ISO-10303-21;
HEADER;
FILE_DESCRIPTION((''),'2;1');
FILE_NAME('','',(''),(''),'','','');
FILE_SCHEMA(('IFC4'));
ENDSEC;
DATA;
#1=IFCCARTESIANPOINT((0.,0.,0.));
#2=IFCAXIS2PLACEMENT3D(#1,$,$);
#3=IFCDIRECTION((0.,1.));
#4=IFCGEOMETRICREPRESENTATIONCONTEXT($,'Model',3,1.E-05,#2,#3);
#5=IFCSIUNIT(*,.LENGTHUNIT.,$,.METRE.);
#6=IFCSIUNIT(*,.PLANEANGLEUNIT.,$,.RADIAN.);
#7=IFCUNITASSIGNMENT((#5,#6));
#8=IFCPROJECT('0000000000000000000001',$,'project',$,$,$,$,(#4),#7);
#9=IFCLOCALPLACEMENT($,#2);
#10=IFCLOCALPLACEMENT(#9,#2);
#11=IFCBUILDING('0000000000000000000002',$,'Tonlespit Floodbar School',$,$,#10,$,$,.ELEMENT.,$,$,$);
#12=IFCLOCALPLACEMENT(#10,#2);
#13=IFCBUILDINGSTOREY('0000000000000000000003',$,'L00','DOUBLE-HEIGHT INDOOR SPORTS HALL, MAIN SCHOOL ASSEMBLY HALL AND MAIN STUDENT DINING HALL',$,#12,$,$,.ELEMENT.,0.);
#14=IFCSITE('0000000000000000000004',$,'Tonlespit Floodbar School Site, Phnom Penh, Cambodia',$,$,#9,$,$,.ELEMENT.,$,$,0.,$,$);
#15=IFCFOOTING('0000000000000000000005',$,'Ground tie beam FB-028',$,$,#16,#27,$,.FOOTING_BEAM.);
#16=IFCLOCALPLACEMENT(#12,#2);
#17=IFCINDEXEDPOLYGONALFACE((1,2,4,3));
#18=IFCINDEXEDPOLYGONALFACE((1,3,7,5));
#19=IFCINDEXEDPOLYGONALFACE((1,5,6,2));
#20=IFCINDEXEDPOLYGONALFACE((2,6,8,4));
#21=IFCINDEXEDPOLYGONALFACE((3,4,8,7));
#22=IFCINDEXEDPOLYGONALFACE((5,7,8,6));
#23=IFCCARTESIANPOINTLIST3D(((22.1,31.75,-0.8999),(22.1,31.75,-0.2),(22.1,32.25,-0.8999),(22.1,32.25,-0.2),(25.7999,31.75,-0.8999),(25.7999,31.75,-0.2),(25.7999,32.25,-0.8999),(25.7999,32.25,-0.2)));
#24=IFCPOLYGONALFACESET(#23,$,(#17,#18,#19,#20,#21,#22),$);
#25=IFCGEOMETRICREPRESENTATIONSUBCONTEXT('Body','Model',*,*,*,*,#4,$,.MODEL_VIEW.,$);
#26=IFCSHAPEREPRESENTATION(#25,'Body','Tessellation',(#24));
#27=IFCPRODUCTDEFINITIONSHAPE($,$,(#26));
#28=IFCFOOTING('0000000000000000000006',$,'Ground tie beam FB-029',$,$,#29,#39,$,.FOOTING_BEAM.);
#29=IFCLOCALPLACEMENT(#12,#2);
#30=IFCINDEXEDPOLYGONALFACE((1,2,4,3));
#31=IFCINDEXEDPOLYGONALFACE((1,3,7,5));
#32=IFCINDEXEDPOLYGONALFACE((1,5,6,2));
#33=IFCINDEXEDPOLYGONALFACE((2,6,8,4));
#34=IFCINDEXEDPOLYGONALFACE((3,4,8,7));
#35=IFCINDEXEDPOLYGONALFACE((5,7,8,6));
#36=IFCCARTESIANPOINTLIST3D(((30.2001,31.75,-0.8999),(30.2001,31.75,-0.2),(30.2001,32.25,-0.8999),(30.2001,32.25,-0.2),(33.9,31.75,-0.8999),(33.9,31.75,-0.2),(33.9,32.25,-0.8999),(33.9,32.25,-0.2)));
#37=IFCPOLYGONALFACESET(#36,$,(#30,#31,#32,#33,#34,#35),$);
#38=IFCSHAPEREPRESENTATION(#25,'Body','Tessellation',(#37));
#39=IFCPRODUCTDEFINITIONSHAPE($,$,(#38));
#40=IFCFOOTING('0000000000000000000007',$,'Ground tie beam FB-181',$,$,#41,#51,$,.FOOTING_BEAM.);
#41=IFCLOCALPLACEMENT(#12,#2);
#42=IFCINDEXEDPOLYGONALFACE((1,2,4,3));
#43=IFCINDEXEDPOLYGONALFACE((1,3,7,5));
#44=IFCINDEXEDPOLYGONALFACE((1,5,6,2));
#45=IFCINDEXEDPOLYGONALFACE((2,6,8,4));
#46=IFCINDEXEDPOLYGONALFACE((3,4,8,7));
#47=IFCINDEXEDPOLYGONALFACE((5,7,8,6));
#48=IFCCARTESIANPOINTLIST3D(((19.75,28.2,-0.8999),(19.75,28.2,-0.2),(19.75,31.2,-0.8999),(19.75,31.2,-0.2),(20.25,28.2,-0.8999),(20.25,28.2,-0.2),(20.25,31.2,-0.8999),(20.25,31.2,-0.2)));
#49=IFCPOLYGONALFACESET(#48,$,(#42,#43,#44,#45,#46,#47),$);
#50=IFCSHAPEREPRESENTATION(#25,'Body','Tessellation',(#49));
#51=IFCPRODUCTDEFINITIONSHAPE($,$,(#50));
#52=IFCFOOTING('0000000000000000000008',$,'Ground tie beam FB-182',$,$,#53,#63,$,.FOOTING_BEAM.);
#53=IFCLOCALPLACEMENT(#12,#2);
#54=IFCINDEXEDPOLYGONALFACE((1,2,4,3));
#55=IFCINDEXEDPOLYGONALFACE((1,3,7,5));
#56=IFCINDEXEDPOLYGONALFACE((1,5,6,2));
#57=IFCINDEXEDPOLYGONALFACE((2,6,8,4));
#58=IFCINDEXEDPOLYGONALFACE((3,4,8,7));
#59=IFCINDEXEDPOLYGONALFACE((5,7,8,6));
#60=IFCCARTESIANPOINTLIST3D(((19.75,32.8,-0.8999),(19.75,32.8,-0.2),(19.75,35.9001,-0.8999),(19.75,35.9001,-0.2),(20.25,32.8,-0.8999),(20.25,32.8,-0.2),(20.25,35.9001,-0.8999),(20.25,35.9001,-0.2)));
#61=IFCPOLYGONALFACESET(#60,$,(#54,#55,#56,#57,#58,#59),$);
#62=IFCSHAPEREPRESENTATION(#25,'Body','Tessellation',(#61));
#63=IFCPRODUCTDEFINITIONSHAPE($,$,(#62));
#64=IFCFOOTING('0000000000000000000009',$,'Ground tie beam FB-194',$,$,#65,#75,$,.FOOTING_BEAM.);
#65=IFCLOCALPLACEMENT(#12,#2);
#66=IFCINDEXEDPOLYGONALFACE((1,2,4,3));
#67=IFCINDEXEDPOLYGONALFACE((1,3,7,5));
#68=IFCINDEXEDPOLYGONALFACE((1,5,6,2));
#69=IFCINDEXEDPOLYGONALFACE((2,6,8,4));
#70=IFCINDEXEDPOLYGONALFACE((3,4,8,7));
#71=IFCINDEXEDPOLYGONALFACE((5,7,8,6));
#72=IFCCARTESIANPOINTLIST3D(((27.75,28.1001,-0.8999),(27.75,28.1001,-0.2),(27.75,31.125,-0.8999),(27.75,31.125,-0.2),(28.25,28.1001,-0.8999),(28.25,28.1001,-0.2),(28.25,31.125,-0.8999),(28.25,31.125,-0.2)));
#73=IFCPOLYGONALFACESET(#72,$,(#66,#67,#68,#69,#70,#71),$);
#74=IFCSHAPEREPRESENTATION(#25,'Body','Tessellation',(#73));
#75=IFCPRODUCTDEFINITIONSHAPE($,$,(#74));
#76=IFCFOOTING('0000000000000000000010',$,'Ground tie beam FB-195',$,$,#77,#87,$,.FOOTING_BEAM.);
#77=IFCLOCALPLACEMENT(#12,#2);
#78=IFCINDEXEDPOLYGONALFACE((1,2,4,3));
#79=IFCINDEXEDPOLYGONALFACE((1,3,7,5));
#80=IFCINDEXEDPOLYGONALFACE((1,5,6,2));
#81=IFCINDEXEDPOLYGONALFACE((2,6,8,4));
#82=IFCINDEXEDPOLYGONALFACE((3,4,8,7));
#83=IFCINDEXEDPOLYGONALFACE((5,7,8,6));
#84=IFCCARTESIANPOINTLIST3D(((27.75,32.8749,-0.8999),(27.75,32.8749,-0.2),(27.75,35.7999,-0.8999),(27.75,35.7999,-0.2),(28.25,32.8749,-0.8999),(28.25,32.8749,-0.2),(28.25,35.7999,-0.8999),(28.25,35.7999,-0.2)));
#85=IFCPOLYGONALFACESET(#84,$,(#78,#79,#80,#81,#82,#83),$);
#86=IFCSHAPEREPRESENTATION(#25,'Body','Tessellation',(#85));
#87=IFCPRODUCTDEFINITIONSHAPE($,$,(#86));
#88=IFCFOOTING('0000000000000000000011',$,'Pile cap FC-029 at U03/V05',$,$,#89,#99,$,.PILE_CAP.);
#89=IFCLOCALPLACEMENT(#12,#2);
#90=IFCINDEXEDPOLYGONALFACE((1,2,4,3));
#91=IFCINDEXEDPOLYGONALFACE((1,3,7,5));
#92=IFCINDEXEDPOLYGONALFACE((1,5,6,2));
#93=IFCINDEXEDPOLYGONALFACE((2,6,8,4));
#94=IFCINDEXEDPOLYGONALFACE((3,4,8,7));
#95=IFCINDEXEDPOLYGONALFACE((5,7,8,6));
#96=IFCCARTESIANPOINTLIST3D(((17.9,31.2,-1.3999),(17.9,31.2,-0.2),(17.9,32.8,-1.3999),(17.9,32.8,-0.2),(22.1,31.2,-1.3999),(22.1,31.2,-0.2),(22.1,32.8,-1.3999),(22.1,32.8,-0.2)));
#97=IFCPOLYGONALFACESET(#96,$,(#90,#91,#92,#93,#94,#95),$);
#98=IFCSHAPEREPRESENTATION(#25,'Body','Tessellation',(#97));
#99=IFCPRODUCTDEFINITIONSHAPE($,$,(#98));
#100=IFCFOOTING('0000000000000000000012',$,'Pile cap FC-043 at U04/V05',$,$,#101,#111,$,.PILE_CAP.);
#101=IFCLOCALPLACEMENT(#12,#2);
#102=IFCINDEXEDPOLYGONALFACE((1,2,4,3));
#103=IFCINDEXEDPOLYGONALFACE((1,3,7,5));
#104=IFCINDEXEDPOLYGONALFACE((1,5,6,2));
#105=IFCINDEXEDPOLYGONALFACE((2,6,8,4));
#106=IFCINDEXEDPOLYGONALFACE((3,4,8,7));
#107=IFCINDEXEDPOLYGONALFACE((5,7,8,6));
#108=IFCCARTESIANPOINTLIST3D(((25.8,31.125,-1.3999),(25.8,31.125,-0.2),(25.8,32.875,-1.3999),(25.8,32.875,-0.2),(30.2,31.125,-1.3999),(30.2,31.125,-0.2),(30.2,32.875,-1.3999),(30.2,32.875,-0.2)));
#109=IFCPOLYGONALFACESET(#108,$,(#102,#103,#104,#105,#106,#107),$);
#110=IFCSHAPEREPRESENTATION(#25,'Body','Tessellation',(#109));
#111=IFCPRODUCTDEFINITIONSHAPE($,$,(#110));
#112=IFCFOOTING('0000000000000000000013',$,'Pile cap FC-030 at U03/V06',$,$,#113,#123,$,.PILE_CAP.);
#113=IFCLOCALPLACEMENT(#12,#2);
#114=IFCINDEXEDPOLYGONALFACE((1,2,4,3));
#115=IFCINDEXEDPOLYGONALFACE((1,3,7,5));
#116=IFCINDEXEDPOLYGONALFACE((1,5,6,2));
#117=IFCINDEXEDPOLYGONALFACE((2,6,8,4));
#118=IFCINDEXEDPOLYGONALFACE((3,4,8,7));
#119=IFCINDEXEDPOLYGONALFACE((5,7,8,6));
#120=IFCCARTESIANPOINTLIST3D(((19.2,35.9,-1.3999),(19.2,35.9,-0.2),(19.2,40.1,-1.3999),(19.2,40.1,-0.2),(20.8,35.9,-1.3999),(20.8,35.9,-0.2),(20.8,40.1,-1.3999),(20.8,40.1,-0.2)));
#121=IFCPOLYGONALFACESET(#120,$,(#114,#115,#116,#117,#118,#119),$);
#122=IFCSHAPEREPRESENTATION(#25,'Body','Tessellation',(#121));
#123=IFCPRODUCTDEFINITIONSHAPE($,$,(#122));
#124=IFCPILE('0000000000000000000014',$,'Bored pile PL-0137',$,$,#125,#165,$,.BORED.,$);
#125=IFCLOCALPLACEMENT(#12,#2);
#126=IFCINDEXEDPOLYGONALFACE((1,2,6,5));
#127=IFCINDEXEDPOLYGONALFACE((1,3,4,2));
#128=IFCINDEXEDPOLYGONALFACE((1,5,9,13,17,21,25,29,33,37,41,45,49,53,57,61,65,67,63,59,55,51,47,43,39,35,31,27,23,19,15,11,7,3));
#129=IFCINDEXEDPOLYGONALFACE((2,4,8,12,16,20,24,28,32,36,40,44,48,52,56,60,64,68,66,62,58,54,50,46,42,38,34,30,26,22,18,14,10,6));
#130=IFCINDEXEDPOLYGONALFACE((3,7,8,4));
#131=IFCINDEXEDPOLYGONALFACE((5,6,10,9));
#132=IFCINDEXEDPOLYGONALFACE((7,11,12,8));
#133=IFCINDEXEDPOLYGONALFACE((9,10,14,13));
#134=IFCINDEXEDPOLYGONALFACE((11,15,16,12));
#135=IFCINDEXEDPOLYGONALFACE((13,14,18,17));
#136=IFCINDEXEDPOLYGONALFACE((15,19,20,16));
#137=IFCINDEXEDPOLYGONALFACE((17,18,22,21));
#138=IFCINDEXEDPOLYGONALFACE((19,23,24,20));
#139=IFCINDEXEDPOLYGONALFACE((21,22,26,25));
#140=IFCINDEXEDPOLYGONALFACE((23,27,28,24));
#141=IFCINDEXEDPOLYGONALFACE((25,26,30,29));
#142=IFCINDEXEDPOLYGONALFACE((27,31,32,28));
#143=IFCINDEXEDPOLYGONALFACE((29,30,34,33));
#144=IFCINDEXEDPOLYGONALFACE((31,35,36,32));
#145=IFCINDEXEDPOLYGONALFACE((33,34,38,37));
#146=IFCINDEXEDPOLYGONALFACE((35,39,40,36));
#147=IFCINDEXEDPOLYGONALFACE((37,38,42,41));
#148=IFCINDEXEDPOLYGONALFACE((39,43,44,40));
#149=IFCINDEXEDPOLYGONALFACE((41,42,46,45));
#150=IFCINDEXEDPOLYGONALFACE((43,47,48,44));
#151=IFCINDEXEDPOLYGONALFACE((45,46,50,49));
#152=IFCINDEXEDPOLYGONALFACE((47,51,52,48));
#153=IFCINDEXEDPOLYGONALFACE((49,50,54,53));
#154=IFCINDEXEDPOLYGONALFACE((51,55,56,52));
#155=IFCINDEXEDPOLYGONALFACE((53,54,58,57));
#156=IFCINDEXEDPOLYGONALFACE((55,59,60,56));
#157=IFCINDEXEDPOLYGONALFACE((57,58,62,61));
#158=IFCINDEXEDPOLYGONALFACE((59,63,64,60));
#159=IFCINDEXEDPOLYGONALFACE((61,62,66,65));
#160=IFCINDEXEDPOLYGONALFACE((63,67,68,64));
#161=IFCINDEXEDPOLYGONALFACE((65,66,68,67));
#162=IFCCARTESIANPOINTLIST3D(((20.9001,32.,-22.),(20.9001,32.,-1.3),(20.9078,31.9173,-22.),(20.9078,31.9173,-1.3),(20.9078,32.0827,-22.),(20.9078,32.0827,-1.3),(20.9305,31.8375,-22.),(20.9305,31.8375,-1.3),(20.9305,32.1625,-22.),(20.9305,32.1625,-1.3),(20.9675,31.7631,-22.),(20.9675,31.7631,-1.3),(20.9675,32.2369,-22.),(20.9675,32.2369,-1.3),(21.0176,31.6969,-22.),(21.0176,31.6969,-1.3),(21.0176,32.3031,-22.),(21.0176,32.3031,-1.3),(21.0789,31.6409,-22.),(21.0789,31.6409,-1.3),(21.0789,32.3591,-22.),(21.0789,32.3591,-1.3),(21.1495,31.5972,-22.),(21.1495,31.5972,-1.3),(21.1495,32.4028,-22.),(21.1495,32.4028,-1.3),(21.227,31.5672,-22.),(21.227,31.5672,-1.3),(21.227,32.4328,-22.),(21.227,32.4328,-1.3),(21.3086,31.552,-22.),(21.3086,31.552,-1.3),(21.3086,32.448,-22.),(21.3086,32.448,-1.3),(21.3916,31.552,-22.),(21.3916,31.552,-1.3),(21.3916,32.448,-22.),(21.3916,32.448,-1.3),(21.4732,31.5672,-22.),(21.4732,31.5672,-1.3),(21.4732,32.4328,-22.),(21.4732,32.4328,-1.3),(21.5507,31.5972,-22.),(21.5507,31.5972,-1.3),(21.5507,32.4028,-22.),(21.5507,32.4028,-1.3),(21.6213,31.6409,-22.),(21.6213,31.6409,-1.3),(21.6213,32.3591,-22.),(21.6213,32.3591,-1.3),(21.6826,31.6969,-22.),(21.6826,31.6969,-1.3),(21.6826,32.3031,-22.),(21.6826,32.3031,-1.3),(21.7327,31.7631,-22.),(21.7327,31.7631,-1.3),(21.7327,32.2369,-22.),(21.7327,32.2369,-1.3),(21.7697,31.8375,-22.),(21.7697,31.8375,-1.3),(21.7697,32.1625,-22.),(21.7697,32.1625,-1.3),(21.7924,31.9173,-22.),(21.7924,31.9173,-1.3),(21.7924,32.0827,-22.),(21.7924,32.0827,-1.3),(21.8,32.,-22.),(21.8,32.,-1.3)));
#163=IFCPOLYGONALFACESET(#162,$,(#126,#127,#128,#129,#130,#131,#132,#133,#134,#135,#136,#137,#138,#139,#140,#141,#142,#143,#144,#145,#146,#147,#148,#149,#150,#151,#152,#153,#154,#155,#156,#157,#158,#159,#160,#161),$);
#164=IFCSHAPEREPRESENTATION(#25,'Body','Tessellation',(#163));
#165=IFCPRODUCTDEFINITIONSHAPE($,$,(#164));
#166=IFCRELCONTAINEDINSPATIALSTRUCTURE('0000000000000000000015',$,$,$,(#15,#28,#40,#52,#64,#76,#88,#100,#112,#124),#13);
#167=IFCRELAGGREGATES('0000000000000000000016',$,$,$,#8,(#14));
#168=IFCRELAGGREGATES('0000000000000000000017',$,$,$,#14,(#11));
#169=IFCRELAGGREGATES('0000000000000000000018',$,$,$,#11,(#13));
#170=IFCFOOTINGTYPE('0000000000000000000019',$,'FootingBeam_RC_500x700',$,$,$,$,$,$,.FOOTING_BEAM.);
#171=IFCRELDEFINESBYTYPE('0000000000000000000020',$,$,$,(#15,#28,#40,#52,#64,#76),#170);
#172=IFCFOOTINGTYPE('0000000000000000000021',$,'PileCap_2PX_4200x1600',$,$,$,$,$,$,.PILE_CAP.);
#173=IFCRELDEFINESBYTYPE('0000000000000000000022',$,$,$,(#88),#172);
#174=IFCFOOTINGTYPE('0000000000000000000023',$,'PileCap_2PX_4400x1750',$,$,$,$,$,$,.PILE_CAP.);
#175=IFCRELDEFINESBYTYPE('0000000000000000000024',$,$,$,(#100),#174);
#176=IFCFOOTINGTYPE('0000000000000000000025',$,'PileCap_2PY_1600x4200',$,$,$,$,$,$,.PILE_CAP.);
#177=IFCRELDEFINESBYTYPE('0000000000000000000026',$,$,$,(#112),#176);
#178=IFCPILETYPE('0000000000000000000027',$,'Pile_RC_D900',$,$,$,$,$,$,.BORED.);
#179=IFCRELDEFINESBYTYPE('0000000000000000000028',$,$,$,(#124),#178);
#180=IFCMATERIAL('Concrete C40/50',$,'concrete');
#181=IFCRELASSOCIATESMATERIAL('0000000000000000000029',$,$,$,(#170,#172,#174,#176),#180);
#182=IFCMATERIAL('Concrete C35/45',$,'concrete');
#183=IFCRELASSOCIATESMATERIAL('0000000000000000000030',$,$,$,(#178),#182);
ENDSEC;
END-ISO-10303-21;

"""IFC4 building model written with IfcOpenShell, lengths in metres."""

from ifc_helpers import new_model, si_unit, direction, frame, origin, origin_2d, place, context, subcontext, project, spatial, rectangle, circle, extrude, material, material_profile, profile_set, type_object, element, save


model = new_model("IFC4")

# Units and contexts
model_context = context("Model", 3, precision=1e-05, world=origin(), true_north=direction((0.0, 1.0)))
body_context = subcontext(model_context, "Body", "Model", "MODEL_VIEW")
ifc_project = project(units=[si_unit("LENGTHUNIT", "METRE"), si_unit("PLANEANGLEUNIT", "RADIAN")], contexts=[model_context])

# Site, building, storey
site_placement = place(None, origin())
site = spatial("IfcSite", under=ifc_project, at=site_placement, Name="Tonlespit Floodbar School Site, Phnom Penh, Cambodia", CompositionType="ELEMENT", RefElevation=0.0)
building_placement = place(site_placement, origin())
building = spatial("IfcBuilding", under=site, at=building_placement, Name="Tonlespit Floodbar School", CompositionType="ELEMENT")
storey_placement = place(building_placement, origin())
storey = spatial("IfcBuildingStorey", under=building, at=storey_placement, Name="L00", Description="DOUBLE-HEIGHT INDOOR SPORTS HALL, MAIN SCHOOL ASSEMBLY HALL AND MAIN STUDENT DINING HALL", CompositionType="ELEMENT", Elevation=0.0)

# Footings
ifc_material_1 = material(Name="Concrete C40/50", Category="concrete")
footing_type_1 = type_object("IfcFootingType", Name="FootingBeam_RC_500x700", PredefinedType="FOOTING_BEAM", material=ifc_material_1)
for number, where, z_axis, x_axis, name in (
    (1, (23.95, 32.0, -0.8999), (0.0, 0.0, 1.0), (1.0, 0.0, 0.0), "Ground tie beam FB-028"),
    (2, (32.05, 32.0, -0.8999), (0.0, 0.0, 1.0), (1.0, 0.0, 0.0), "Ground tie beam FB-029"),
):
    element("IfcFooting", number, at=place(storey_placement, frame(where, z_axis=z_axis, x_axis=x_axis)), inside=storey, type_object=footing_type_1, Name=name, PredefinedType="FOOTING_BEAM", context=body_context, shape_type="SweptSolid", body=[
        extrude(rectangle(XDim=3.7, YDim=0.5, at=origin_2d()), origin(), (0.0, 0.0, 1.0), 0.7),
    ])
footing_1_placement = place(storey_placement, frame((20.0, 29.7, -0.8999), z_axis=(0.0, 0.0, 1.0), x_axis=(0.0, 1.0, 0.0)))
element("IfcFooting", 3, at=footing_1_placement, inside=storey, type_object=footing_type_1, Name="Ground tie beam FB-181", PredefinedType="FOOTING_BEAM", context=body_context, shape_type="SweptSolid", body=[
    extrude(rectangle(XDim=3.0, YDim=0.5, at=origin_2d()), origin(), (0.0, 0.0, 1.0), 0.7),
])
footing_2_placement = place(storey_placement, frame((20.0, 34.3501, -0.8999), z_axis=(0.0, 0.0, 1.0), x_axis=(0.0, 1.0, 0.0)))
element("IfcFooting", 4, at=footing_2_placement, inside=storey, type_object=footing_type_1, Name="Ground tie beam FB-182", PredefinedType="FOOTING_BEAM", context=body_context, shape_type="SweptSolid", body=[
    extrude(rectangle(XDim=3.1001, YDim=0.5, at=origin_2d()), origin(), (0.0, 0.0, 1.0), 0.7),
])
footing_3_placement = place(storey_placement, frame((28.0, 29.6125, -0.8999), z_axis=(0.0, 0.0, 1.0), x_axis=(0.0, 1.0, 0.0)))
element("IfcFooting", 5, at=footing_3_placement, inside=storey, type_object=footing_type_1, Name="Ground tie beam FB-194", PredefinedType="FOOTING_BEAM", context=body_context, shape_type="SweptSolid", body=[
    extrude(rectangle(XDim=3.0249, YDim=0.5, at=origin_2d()), origin(), (0.0, 0.0, 1.0), 0.7),
])
footing_4_placement = place(storey_placement, frame((28.0, 34.3374, -0.8999), z_axis=(0.0, 0.0, 1.0), x_axis=(0.0, 1.0, 0.0)))
element("IfcFooting", 6, at=footing_4_placement, inside=storey, type_object=footing_type_1, Name="Ground tie beam FB-195", PredefinedType="FOOTING_BEAM", context=body_context, shape_type="SweptSolid", body=[
    extrude(rectangle(XDim=2.925, YDim=0.5, at=origin_2d()), origin(), (0.0, 0.0, 1.0), 0.7),
])
footing_type_2 = type_object("IfcFootingType", Name="PileCap_2PX_4200x1600", PredefinedType="PILE_CAP", material=ifc_material_1)
footing_5_placement = place(storey_placement, frame((20.0, 32.0, -1.3999), z_axis=(0.0, 0.0, 1.0), x_axis=(1.0, 0.0, 0.0)))
element("IfcFooting", 7, at=footing_5_placement, inside=storey, type_object=footing_type_2, Name="Pile cap FC-029 at U03/V05", PredefinedType="PILE_CAP", context=body_context, shape_type="SweptSolid", body=[
    extrude(rectangle(XDim=4.2, YDim=1.6001, at=origin_2d()), origin(), (0.0, 0.0, 1.0), 1.2),
])
footing_type_3 = type_object("IfcFootingType", Name="PileCap_2PX_4400x1750", PredefinedType="PILE_CAP", material=ifc_material_1)
footing_6_placement = place(storey_placement, frame((28.0, 32.0, -1.3999), z_axis=(0.0, 0.0, 1.0), x_axis=(1.0, 0.0, 0.0)))
element("IfcFooting", 8, at=footing_6_placement, inside=storey, type_object=footing_type_3, Name="Pile cap FC-043 at U04/V05", PredefinedType="PILE_CAP", context=body_context, shape_type="SweptSolid", body=[
    extrude(rectangle(XDim=4.3999, YDim=1.75, at=origin_2d()), origin(), (0.0, 0.0, 1.0), 1.2),
])
footing_type_4 = type_object("IfcFootingType", Name="PileCap_2PY_1600x4200", PredefinedType="PILE_CAP", material=ifc_material_1)
footing_7_placement = place(storey_placement, frame((20.0, 38.0, -1.3999), z_axis=(0.0, 0.0, 1.0), x_axis=(1.0, 0.0, 0.0)))
element("IfcFooting", 9, at=footing_7_placement, inside=storey, type_object=footing_type_4, Name="Pile cap FC-030 at U03/V06", PredefinedType="PILE_CAP", context=body_context, shape_type="SweptSolid", body=[
    extrude(rectangle(XDim=1.6001, YDim=4.2, at=origin_2d()), origin(), (0.0, 0.0, 1.0), 1.2),
])

# Pile
ifc_material_2 = material(Name="Concrete C35/45", Category="concrete")
ifc_material_profile_1 = material_profile(ifc_material_2, circle(Radius=0.45, at=origin_2d()), Name="BP D900")
ifc_profile_set_1 = profile_set([ifc_material_profile_1], Name="Concrete C35/45")
pile_type = type_object("IfcPileType", Name="Pile_RC_D900", PredefinedType="BORED", material=ifc_profile_set_1)
for number, where, z_axis, x_axis, name in (
    (10, (21.3501, 32.0, -1.3), (0.0, 0.0, -1.0), (1.0, 0.0, 0.0), "Bored pile PL-0137"),
):
    element("IfcPile", number, at=place(storey_placement, frame(where, z_axis=z_axis, x_axis=x_axis)), inside=storey, type_object=pile_type, Name=name, PredefinedType="BORED", context=body_context, shape_type="SweptSolid", body=[
        extrude(circle(Radius=0.45, at=origin_2d()), origin(), (0.0, 0.0, 1.0), 20.7),
    ])

save(model, "model.ifc")
